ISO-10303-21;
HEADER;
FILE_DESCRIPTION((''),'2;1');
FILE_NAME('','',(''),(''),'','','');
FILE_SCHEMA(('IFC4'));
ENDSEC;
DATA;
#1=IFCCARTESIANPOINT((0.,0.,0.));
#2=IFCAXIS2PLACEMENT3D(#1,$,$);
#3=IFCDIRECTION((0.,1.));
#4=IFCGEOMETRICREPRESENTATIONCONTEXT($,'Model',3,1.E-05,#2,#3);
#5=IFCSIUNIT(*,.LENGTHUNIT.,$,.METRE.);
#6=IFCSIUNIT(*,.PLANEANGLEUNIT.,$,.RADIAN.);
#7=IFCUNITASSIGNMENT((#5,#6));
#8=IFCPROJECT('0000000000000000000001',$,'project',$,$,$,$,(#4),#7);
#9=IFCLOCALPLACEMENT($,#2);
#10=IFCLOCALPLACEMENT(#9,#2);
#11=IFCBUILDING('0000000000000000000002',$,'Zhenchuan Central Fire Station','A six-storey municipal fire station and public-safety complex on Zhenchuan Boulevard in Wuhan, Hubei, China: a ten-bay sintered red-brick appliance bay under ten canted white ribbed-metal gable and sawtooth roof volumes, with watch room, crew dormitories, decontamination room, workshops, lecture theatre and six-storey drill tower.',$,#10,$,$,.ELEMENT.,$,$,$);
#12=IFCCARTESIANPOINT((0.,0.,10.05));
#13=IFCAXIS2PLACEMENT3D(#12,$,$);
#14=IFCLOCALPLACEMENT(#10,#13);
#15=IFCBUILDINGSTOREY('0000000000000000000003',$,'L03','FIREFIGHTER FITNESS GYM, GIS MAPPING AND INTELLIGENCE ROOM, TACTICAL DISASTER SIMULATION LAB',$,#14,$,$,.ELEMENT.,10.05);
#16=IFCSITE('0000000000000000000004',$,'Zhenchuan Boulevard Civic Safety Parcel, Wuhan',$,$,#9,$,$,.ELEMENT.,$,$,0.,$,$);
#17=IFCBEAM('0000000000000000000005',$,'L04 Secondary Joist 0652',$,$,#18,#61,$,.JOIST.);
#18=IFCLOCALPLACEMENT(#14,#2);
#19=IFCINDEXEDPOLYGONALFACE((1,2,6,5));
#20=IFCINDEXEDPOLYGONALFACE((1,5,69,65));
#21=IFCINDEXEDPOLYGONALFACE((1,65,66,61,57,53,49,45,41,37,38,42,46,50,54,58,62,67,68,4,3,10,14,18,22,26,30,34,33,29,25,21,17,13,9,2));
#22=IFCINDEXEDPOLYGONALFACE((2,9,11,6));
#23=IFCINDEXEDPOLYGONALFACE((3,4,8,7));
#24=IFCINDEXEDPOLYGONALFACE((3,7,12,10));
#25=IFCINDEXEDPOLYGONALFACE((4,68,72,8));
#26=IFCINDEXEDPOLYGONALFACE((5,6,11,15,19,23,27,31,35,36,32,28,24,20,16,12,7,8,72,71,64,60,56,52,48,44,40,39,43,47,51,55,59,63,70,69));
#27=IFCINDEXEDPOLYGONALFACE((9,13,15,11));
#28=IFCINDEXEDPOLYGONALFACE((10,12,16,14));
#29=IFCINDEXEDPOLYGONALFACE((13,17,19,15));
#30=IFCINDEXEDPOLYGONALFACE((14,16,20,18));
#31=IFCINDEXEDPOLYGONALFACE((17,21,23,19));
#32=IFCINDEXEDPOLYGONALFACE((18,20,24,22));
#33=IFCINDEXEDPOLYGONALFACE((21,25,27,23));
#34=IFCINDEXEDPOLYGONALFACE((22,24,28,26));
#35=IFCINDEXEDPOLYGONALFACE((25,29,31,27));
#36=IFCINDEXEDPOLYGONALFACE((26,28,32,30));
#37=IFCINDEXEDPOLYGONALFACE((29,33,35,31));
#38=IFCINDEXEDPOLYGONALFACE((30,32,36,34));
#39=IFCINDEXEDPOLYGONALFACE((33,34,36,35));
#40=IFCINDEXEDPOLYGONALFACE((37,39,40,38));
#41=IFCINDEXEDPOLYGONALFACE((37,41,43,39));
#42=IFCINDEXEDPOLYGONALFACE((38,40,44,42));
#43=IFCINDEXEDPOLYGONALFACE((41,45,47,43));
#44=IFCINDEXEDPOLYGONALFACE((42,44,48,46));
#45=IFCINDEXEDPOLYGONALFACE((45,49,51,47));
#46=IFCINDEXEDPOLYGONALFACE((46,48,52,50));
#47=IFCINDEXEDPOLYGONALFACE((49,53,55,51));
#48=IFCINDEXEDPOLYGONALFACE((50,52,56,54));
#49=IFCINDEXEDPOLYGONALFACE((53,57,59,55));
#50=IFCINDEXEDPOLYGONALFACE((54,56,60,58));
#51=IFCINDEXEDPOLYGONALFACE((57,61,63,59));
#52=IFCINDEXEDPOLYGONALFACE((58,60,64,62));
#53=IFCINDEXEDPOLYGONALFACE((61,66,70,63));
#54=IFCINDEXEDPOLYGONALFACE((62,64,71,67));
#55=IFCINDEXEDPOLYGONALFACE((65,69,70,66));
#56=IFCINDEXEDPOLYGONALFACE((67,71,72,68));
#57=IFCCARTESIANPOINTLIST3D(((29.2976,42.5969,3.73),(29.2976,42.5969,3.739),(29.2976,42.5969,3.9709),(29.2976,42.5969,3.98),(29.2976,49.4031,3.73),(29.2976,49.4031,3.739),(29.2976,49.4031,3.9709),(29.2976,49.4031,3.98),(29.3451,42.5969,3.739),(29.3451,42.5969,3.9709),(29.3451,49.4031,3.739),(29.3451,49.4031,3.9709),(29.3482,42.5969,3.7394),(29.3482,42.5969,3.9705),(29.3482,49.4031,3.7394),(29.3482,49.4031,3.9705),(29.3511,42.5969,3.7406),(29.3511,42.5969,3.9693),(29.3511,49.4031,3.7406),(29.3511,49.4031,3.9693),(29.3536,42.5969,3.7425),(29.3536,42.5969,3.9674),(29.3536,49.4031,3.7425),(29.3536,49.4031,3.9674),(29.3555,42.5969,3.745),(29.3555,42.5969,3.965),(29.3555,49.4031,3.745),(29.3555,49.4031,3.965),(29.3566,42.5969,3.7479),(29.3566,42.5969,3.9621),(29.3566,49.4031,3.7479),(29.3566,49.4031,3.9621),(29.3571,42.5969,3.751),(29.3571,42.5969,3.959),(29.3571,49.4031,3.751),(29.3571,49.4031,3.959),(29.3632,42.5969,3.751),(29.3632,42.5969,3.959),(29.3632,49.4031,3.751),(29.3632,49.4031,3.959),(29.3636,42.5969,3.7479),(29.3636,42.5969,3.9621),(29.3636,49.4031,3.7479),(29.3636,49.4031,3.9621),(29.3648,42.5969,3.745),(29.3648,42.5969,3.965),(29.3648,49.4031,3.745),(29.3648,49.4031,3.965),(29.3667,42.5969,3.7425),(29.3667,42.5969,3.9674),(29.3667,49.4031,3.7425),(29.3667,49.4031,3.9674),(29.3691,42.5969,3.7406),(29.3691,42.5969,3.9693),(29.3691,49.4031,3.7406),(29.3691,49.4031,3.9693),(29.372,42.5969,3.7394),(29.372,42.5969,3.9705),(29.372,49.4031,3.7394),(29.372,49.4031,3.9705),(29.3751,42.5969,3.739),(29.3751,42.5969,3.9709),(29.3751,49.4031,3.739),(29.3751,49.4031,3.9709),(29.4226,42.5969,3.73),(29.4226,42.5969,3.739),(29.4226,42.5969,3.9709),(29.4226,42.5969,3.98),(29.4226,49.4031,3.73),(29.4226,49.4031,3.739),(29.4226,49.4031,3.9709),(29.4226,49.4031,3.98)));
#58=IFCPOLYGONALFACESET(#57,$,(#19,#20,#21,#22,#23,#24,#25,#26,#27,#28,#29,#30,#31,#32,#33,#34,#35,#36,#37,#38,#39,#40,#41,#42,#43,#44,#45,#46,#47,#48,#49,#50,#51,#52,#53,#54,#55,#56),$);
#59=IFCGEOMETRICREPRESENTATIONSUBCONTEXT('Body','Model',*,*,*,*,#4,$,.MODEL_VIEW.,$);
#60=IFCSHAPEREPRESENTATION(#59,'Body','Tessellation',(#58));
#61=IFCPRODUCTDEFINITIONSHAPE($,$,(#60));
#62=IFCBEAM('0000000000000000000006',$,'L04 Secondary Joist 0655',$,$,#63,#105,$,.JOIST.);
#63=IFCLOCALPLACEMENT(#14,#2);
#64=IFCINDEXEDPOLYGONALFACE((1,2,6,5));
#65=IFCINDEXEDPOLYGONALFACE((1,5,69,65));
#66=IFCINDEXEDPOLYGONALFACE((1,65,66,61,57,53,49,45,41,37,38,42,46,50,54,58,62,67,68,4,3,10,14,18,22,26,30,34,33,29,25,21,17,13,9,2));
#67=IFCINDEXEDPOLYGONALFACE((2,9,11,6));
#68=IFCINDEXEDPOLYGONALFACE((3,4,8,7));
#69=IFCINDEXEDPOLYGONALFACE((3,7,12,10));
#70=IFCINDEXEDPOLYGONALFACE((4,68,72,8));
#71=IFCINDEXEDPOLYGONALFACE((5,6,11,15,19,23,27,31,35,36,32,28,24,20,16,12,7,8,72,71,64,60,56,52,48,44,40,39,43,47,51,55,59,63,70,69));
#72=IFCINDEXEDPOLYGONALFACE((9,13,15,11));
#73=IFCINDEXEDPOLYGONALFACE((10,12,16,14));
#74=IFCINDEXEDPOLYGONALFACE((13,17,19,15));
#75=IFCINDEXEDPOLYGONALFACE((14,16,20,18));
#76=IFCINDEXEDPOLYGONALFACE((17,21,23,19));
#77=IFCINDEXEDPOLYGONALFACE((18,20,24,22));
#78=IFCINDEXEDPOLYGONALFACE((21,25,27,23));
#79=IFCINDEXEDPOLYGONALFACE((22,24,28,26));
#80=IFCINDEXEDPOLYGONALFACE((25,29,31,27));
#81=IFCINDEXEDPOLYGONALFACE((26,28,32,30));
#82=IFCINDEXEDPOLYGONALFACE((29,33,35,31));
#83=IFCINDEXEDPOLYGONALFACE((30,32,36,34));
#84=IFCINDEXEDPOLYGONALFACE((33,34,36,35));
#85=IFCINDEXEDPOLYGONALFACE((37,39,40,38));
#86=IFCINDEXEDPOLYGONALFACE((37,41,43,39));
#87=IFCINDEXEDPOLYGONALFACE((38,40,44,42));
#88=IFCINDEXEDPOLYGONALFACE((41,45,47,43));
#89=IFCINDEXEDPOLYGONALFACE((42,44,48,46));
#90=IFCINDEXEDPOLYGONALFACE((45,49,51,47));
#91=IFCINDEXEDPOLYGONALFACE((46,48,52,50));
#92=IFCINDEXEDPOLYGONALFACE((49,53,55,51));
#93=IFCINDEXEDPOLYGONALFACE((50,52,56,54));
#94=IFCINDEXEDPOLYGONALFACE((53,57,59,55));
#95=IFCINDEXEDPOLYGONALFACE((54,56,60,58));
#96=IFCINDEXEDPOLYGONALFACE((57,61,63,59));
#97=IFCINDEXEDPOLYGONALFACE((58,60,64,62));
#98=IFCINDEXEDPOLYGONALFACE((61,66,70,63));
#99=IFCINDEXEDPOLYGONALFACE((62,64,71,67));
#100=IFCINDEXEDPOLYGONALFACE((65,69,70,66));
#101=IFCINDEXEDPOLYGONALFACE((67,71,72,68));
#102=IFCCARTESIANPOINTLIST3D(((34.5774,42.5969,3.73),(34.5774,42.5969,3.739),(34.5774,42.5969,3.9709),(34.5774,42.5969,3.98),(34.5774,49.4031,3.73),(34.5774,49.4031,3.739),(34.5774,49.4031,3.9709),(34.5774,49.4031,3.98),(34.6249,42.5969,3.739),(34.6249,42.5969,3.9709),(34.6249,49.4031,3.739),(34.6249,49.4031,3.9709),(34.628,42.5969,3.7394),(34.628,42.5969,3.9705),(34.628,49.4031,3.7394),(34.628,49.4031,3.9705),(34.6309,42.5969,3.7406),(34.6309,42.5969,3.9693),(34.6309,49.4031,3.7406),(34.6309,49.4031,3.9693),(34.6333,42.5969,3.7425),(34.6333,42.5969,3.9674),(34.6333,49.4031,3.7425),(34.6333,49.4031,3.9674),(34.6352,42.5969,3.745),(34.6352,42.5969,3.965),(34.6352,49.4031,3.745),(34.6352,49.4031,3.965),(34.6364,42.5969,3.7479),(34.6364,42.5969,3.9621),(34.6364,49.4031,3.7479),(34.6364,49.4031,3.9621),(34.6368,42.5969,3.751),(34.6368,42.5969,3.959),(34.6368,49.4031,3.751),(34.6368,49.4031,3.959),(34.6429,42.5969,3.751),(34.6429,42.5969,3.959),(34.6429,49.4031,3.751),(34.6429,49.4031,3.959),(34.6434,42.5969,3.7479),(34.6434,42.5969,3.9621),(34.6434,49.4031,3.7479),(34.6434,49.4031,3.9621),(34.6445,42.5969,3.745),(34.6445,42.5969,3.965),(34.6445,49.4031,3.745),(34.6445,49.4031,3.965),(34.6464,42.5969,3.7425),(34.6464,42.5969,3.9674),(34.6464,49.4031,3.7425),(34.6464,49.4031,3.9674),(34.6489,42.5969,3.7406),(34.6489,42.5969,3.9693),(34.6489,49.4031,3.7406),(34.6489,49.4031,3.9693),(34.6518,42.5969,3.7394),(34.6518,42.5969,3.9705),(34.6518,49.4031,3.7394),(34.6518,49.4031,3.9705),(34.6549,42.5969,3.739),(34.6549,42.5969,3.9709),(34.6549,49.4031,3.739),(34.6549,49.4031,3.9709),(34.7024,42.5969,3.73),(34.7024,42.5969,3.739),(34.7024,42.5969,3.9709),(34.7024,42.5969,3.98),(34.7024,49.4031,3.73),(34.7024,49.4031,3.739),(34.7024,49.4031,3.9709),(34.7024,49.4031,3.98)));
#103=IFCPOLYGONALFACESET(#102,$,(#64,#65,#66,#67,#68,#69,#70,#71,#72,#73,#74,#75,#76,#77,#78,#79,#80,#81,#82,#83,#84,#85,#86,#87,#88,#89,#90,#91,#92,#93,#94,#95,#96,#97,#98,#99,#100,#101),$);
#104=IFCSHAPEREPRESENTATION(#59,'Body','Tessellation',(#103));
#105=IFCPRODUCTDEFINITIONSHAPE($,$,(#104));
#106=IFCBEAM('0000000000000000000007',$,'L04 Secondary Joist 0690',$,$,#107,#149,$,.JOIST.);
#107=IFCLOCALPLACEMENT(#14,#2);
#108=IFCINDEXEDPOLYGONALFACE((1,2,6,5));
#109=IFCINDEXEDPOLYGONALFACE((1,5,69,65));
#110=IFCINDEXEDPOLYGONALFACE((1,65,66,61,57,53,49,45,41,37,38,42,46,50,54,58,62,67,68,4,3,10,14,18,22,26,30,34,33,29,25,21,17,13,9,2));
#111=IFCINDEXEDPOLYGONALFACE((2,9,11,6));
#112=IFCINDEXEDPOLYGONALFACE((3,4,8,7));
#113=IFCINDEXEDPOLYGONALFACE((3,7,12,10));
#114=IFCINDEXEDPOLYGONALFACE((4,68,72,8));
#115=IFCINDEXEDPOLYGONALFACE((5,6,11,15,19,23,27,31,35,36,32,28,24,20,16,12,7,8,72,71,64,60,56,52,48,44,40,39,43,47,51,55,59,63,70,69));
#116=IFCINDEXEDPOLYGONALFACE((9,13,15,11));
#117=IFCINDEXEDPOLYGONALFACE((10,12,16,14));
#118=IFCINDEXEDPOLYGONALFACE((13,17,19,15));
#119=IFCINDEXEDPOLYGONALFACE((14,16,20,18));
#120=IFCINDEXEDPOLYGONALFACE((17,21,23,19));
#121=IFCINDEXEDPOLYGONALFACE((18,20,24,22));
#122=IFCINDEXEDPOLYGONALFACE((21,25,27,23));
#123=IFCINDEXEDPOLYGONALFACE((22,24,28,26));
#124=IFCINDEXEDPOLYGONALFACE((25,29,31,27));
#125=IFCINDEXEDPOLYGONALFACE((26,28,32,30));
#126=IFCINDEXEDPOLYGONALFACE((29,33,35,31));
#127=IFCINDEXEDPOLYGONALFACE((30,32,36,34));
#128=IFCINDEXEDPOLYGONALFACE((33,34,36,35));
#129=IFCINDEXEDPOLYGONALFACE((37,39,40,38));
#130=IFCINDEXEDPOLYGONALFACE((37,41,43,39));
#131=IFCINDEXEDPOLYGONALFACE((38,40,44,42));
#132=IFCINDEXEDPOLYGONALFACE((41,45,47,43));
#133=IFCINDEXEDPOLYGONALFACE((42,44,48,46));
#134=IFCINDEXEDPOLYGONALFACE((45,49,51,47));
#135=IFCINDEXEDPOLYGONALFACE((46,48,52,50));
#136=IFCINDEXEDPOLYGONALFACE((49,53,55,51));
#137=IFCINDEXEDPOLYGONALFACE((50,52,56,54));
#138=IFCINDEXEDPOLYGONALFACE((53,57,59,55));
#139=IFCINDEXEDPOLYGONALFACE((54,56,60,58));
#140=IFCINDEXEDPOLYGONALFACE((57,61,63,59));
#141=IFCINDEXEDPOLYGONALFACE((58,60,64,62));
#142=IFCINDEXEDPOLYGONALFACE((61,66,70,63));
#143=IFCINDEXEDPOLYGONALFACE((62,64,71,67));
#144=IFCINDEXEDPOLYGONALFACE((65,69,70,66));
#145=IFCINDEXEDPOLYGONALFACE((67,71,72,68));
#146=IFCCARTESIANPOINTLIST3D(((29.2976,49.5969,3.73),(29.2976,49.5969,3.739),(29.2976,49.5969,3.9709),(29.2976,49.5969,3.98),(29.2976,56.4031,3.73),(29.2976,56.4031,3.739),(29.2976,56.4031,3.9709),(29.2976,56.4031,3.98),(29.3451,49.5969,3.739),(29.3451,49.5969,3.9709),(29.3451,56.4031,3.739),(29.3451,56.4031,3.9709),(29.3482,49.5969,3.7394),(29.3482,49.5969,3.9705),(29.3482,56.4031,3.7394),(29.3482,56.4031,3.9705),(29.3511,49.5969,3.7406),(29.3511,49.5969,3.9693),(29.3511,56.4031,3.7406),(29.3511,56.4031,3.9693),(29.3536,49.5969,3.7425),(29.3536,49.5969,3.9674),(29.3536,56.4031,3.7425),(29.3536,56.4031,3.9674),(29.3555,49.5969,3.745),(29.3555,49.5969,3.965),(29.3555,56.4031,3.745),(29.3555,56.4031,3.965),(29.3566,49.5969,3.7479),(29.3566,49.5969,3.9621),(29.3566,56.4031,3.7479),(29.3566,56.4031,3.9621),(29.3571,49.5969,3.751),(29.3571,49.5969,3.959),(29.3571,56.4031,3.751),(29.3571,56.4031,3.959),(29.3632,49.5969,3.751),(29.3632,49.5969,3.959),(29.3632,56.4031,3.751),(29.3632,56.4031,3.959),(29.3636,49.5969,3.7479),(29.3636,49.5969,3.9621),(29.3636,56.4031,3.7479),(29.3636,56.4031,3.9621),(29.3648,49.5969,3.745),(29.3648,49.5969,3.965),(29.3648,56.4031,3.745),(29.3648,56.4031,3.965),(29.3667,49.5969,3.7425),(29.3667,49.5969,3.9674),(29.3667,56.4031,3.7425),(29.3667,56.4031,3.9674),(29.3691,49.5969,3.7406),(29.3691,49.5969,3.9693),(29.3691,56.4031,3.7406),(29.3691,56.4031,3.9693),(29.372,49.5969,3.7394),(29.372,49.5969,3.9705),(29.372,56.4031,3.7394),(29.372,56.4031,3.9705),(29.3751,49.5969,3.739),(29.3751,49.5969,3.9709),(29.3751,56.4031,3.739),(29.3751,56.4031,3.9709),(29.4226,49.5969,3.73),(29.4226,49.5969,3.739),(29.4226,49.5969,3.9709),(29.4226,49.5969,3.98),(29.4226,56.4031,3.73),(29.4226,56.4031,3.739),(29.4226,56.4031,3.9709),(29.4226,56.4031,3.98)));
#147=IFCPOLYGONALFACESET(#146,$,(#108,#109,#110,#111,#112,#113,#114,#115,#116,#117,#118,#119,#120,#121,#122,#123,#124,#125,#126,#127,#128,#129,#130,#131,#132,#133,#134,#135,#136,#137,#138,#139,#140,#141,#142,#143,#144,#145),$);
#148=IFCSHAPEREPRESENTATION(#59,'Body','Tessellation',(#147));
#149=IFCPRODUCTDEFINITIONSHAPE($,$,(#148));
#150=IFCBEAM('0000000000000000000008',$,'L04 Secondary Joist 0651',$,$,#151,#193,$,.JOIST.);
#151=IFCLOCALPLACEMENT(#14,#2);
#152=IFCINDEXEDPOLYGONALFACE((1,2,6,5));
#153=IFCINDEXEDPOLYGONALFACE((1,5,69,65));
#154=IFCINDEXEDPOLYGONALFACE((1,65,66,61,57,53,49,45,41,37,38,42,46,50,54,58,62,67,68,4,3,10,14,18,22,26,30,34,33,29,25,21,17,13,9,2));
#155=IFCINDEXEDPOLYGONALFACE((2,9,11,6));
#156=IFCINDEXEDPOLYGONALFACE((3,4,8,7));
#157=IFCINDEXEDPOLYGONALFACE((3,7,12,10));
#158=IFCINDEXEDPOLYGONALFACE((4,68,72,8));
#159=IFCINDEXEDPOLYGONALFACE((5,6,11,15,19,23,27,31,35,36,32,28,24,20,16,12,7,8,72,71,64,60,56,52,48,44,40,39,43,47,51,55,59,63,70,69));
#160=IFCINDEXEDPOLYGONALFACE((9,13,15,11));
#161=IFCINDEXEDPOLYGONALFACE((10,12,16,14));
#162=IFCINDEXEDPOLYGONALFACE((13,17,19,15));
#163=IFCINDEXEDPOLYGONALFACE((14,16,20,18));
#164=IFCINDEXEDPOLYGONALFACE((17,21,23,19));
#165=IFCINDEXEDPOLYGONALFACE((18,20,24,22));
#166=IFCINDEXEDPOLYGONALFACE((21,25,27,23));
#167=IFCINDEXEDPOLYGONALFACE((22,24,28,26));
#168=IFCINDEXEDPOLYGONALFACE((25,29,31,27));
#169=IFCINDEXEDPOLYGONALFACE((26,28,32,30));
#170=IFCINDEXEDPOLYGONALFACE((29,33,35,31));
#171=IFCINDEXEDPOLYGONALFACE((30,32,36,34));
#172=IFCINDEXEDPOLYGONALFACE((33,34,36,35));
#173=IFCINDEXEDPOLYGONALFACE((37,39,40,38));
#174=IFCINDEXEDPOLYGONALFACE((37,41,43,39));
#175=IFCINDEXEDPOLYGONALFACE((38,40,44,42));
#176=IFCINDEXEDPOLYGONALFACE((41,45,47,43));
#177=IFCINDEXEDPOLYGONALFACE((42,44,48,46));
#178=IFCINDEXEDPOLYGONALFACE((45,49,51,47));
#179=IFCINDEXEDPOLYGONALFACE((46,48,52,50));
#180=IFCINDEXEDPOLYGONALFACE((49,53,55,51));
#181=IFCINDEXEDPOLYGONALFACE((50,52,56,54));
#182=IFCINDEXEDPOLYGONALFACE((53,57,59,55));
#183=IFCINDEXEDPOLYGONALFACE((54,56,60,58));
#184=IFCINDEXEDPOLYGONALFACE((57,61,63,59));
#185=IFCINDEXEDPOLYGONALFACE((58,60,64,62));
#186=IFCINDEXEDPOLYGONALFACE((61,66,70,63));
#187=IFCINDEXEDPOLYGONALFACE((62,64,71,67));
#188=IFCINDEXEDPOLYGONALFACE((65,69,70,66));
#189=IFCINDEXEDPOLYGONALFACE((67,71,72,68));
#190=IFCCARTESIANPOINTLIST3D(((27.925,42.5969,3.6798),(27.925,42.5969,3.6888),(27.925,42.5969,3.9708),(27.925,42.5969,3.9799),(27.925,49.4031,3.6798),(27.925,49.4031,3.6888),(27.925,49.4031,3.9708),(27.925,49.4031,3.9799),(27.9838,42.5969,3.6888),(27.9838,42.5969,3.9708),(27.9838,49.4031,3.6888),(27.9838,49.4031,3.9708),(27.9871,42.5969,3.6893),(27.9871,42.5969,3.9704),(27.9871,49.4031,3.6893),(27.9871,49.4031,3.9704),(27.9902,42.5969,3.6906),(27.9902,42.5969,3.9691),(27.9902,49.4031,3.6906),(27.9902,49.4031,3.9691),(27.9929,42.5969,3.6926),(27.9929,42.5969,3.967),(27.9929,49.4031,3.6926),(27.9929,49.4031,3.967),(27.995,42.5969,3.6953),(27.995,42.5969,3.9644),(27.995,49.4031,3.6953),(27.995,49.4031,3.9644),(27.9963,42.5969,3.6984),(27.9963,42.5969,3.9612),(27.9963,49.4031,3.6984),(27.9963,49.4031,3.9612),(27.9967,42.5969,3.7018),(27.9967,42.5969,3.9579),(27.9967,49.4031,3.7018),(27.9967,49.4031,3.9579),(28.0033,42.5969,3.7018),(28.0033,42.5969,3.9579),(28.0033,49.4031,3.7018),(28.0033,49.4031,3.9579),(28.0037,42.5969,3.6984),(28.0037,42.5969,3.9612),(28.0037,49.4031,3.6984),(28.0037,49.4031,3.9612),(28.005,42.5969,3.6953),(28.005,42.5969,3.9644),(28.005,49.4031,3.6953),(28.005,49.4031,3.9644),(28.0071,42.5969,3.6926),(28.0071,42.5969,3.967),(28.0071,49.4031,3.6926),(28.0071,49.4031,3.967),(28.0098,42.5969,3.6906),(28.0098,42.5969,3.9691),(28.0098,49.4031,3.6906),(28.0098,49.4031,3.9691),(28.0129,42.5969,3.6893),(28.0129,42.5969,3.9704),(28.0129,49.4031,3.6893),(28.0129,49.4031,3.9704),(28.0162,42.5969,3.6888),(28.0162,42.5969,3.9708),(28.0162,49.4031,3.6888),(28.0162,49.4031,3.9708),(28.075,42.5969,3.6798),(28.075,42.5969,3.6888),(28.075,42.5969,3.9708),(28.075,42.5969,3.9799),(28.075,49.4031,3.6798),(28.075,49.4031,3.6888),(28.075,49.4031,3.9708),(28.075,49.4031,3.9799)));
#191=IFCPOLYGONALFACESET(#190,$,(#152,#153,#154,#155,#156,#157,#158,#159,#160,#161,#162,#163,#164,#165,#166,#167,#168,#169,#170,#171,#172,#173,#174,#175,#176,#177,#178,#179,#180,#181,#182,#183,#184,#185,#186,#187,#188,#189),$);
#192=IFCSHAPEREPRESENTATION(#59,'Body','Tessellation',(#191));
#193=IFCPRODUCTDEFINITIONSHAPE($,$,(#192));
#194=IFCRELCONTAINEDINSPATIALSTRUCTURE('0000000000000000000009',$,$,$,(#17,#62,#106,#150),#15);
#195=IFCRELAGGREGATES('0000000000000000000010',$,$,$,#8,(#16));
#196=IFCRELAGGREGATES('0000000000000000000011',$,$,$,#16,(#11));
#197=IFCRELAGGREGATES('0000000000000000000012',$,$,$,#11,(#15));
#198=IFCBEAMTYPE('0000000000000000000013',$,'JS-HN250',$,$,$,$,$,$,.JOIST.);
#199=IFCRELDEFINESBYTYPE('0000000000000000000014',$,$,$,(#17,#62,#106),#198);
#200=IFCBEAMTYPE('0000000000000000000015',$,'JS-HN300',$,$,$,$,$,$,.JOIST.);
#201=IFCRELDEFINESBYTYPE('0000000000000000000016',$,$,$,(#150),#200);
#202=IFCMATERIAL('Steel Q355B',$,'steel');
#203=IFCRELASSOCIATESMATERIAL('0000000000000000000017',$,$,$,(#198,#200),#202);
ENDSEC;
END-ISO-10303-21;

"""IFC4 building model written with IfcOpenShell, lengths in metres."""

from ifc_helpers import new_model, si_unit, direction, frame, origin, origin_2d, place, context, subcontext, project, spatial, i_section, extrude, material, material_profile, profile_set, type_object, element, save


model = new_model("IFC4")

# Units and contexts
model_context = context("Model", 3, precision=1e-05, world=origin(), true_north=direction((0.0, 1.0)))
body_context = subcontext(model_context, "Body", "Model", "MODEL_VIEW")
ifc_project = project(units=[si_unit("LENGTHUNIT", "METRE"), si_unit("PLANEANGLEUNIT", "RADIAN")], contexts=[model_context])

# Site, building, storey
site_placement = place(None, origin())
site = spatial("IfcSite", under=ifc_project, at=site_placement, Name="Zhenchuan Boulevard Civic Safety Parcel, Wuhan", CompositionType="ELEMENT", RefElevation=0.0)
building_placement = place(site_placement, origin())
building = spatial("IfcBuilding", under=site, at=building_placement, Name="Zhenchuan Central Fire Station", Description="A six-storey municipal fire station and public-safety complex on Zhenchuan Boulevard in Wuhan, Hubei, China: a ten-bay sintered red-brick appliance bay under ten canted white ribbed-metal gable and sawtooth roof volumes, with watch room, crew dormitories, decontamination room, workshops, lecture theatre and six-storey drill tower.", CompositionType="ELEMENT")
storey_placement = place(building_placement, frame((0.0, 0.0, 10.05)))
storey = spatial("IfcBuildingStorey", under=building, at=storey_placement, Name="L03", Description="FIREFIGHTER FITNESS GYM, GIS MAPPING AND INTELLIGENCE ROOM, TACTICAL DISASTER SIMULATION LAB", CompositionType="ELEMENT", Elevation=10.05)

# Shared definitions
ifc_material_1 = material(Name="Steel Q355B", Category="steel")

# Beams
ifc_material_profile_1 = material_profile(ifc_material_1, i_section(OverallWidth=0.125, OverallDepth=0.25, WebThickness=0.0061, FlangeThickness=0.009, FilletRadius=0.012, at=origin_2d()), Name="HN 250x125")
ifc_profile_set_1 = profile_set([ifc_material_profile_1], Name="Steel Q355B")
beam_type_1 = type_object("IfcBeamType", Name="JS-HN250", PredefinedType="JOIST", material=ifc_profile_set_1)
for number, where, z_axis, x_axis, name in (
    (1, (29.3601, 42.5969, 3.855), (0.0, 1.0, 0.0), (-1.0, 0.0, 0.0), "L04 Secondary Joist 0652"),
    (2, (34.6399, 42.5969, 3.855), (0.0, 1.0, 0.0), (-1.0, 0.0, 0.0), "L04 Secondary Joist 0655"),
    (3, (29.3601, 49.5969, 3.855), (0.0, 1.0, 0.0), (-1.0, 0.0, 0.0), "L04 Secondary Joist 0690"),
):
    element("IfcBeam", number, at=place(storey_placement, frame(where, z_axis=z_axis, x_axis=x_axis)), inside=storey, type_object=beam_type_1, Name=name, PredefinedType="JOIST", context=body_context, shape_type="SweptSolid", body=[
        extrude(i_section(OverallWidth=0.125, OverallDepth=0.25, WebThickness=0.0061, FlangeThickness=0.009, FilletRadius=0.012, at=origin_2d()), origin(), (0.0, 0.0, 1.0), 6.8062),
    ])
ifc_material_profile_2 = material_profile(ifc_material_1, i_section(OverallWidth=0.1499, OverallDepth=0.3, WebThickness=0.0066, FlangeThickness=0.009, FilletRadius=0.0129, at=origin_2d()), Name="HN 300x150")
ifc_profile_set_2 = profile_set([ifc_material_profile_2], Name="Steel Q355B")
beam_type_2 = type_object("IfcBeamType", Name="JS-HN300", PredefinedType="JOIST", material=ifc_profile_set_2)
for number, where, z_axis, x_axis, name in (
    (4, (28.0, 42.5969, 3.8298), (0.0, 1.0, 0.0), (-1.0, 0.0, 0.0), "L04 Secondary Joist 0651"),
):
    element("IfcBeam", number, at=place(storey_placement, frame(where, z_axis=z_axis, x_axis=x_axis)), inside=storey, type_object=beam_type_2, Name=name, PredefinedType="JOIST", context=body_context, shape_type="SweptSolid", body=[
        extrude(i_section(OverallWidth=0.1499, OverallDepth=0.3, WebThickness=0.0066, FlangeThickness=0.009, FilletRadius=0.0129, at=origin_2d()), origin(), (0.0, 0.0, 1.0), 6.8062),
    ])

save(model, "model.ifc")
